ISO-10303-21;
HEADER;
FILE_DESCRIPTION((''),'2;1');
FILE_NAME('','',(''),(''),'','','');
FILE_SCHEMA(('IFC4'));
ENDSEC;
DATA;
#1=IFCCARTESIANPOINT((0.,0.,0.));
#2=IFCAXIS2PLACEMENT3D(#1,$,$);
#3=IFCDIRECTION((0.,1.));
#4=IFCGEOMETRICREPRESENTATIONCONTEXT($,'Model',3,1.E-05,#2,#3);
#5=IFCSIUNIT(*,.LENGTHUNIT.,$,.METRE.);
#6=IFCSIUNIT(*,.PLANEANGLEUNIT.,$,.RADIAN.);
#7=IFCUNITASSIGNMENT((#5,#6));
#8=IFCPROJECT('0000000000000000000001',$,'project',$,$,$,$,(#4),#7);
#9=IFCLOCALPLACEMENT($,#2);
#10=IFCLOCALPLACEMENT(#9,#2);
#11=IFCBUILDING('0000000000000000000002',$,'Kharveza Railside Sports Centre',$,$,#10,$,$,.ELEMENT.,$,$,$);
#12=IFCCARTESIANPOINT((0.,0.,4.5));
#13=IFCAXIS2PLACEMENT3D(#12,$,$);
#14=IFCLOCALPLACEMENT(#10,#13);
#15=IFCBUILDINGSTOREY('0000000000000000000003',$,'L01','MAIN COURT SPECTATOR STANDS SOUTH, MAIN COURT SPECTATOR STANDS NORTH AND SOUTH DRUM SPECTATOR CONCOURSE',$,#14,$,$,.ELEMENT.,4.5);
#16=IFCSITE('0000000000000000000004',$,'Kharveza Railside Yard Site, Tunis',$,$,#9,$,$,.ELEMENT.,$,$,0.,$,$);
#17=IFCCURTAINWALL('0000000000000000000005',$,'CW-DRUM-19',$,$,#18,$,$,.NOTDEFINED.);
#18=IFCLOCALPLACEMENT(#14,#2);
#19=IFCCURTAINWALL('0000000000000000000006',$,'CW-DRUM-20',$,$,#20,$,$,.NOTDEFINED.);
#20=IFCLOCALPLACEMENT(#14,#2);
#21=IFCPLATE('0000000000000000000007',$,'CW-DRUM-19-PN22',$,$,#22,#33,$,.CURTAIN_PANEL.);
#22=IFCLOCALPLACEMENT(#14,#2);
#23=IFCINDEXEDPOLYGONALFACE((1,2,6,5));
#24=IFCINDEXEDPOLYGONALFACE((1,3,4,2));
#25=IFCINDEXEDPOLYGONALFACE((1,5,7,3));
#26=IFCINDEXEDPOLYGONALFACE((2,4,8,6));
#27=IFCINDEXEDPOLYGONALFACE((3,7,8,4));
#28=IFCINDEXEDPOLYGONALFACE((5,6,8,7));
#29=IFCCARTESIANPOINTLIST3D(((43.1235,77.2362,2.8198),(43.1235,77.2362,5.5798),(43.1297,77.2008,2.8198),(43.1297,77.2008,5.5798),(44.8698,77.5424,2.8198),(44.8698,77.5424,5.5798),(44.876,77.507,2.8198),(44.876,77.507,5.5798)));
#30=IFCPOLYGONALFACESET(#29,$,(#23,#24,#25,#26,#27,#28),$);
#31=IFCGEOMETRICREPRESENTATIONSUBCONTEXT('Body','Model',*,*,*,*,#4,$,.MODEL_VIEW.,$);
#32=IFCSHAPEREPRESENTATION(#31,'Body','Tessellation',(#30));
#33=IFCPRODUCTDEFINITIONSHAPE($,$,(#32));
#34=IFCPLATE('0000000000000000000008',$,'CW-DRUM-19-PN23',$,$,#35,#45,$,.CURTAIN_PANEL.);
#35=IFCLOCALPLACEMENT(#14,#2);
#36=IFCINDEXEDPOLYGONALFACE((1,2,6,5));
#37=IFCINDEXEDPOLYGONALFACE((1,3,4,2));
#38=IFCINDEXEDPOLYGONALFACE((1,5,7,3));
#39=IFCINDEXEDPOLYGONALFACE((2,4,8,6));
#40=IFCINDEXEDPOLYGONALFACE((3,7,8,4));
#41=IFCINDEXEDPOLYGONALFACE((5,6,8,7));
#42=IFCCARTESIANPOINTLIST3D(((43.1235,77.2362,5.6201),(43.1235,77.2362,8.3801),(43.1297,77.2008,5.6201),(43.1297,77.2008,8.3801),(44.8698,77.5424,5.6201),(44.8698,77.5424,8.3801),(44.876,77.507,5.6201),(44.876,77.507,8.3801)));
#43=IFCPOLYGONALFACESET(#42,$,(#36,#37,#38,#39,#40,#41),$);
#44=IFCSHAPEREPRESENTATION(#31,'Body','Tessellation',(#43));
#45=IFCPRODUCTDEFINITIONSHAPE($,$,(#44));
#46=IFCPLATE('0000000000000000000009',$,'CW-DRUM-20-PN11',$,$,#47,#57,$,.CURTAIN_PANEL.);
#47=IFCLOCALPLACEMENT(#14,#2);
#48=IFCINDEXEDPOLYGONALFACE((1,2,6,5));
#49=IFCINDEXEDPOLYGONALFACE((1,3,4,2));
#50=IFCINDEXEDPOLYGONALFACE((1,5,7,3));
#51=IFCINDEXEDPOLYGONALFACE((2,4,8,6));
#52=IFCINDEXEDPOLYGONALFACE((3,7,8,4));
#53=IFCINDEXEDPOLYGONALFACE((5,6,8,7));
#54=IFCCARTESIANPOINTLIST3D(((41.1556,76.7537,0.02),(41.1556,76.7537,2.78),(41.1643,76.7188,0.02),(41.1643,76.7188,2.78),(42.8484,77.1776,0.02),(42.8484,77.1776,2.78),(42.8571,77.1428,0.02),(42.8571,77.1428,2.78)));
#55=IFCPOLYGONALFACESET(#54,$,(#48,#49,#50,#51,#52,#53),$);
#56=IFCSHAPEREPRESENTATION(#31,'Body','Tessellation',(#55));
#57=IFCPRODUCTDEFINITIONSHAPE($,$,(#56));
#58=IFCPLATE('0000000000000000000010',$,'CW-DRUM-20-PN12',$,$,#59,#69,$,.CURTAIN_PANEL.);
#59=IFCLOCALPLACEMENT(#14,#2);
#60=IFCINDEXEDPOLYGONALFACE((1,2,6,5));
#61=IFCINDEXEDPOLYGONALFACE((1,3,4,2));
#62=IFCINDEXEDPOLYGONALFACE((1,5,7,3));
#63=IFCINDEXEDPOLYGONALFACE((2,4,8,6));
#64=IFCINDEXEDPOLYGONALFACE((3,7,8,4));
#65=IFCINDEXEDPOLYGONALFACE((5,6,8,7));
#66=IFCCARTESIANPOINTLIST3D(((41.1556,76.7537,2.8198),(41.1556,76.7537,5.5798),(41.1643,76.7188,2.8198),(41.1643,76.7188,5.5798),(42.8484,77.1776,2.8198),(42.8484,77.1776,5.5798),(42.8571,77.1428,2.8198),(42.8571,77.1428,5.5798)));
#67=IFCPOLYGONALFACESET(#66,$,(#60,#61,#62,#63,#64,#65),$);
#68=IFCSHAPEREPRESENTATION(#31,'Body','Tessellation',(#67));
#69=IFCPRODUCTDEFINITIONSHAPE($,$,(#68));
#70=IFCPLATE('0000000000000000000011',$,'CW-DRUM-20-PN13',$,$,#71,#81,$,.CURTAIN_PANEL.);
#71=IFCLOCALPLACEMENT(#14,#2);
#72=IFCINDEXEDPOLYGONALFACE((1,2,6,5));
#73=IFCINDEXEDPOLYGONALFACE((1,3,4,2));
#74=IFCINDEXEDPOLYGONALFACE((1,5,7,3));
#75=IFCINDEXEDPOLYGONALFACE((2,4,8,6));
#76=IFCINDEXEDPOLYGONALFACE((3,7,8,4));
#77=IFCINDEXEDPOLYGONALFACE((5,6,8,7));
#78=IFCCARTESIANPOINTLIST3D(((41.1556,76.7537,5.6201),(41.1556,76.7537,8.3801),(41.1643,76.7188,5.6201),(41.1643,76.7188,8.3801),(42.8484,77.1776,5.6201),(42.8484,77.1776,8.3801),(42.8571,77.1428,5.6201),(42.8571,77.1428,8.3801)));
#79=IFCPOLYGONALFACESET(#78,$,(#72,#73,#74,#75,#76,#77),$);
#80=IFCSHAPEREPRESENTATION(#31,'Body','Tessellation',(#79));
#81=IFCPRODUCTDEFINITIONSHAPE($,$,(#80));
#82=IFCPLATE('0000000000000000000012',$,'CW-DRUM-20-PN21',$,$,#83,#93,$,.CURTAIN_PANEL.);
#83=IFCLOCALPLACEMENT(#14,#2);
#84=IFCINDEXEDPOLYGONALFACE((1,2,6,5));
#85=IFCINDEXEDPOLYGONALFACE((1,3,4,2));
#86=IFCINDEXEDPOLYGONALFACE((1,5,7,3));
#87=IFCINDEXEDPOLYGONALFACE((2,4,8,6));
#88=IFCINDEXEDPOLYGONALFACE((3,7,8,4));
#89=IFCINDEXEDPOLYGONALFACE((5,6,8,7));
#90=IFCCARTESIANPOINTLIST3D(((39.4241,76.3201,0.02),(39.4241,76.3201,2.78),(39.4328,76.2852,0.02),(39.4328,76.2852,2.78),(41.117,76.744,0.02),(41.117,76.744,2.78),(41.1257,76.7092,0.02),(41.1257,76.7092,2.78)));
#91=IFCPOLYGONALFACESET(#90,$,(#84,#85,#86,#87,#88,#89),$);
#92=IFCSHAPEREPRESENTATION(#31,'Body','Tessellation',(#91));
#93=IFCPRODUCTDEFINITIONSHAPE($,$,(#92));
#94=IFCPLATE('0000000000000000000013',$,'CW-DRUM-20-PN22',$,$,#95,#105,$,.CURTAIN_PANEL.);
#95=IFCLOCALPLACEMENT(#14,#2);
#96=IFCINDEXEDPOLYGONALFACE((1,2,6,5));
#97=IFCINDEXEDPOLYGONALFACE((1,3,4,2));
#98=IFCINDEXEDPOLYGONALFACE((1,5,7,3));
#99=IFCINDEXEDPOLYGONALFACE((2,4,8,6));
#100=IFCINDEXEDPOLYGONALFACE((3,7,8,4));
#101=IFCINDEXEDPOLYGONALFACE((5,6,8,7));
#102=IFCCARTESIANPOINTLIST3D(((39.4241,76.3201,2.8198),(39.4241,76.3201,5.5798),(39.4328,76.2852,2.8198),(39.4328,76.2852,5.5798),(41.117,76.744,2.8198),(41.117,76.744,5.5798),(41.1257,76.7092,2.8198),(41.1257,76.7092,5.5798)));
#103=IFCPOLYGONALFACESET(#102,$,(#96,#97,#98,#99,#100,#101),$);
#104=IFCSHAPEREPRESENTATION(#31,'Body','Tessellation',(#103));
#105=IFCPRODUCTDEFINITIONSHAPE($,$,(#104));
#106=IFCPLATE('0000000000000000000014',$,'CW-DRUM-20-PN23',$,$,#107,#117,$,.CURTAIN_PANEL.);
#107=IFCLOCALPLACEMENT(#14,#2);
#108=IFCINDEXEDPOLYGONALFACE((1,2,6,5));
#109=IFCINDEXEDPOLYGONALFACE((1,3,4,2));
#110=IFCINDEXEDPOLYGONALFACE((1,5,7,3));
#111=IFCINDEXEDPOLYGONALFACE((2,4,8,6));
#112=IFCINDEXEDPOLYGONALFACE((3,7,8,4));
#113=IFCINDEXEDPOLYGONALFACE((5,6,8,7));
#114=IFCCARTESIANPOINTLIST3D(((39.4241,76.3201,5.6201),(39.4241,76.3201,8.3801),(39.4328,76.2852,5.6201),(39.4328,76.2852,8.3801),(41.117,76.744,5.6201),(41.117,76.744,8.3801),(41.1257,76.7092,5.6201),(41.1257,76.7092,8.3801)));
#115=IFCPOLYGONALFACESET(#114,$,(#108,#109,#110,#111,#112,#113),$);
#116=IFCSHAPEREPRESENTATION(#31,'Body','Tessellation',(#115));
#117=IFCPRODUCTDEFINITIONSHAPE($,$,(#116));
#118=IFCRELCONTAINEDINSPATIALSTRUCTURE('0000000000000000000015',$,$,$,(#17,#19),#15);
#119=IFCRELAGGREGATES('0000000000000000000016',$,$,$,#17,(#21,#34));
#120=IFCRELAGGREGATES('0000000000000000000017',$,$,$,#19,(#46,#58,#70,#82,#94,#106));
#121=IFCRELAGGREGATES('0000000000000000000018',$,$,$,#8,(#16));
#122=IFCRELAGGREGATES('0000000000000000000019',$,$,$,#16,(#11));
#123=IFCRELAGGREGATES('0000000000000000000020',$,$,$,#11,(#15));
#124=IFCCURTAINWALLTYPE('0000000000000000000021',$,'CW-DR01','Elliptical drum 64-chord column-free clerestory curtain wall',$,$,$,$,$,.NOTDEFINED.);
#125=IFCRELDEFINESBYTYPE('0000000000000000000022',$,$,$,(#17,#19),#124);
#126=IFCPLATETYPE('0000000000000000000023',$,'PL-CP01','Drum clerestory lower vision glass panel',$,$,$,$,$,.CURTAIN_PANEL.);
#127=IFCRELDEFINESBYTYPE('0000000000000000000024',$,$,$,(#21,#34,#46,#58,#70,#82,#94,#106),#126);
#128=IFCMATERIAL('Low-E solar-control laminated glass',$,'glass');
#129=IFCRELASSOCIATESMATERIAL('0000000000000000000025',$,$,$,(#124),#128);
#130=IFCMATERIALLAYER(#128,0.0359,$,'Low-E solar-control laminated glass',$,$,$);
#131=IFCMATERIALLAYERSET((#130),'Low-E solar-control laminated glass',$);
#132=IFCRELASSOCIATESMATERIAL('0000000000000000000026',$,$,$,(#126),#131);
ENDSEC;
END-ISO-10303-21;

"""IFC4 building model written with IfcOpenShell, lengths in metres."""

from ifc_helpers import new_model, si_unit, direction, frame, origin, origin_2d, place, context, subcontext, project, spatial, rectangle, extrude, material, layer, layer_set, type_object, element, aggregate, save


model = new_model("IFC4")

# Units and contexts
model_context = context("Model", 3, precision=1e-05, world=origin(), true_north=direction((0.0, 1.0)))
body_context = subcontext(model_context, "Body", "Model", "MODEL_VIEW")
ifc_project = project(units=[si_unit("LENGTHUNIT", "METRE"), si_unit("PLANEANGLEUNIT", "RADIAN")], contexts=[model_context])

# Site, building, storey
site_placement = place(None, origin())
site = spatial("IfcSite", under=ifc_project, at=site_placement, Name="Kharveza Railside Yard Site, Tunis", CompositionType="ELEMENT", RefElevation=0.0)
building_placement = place(site_placement, origin())
building = spatial("IfcBuilding", under=site, at=building_placement, Name="Kharveza Railside Sports Centre", CompositionType="ELEMENT")
storey_placement = place(building_placement, frame((0.0, 0.0, 4.5)))
storey = spatial("IfcBuildingStorey", under=building, at=storey_placement, Name="L01", Description="MAIN COURT SPECTATOR STANDS SOUTH, MAIN COURT SPECTATOR STANDS NORTH AND SOUTH DRUM SPECTATOR CONCOURSE", CompositionType="ELEMENT", Elevation=4.5)

# Curtain walls
ifc_material_1 = material(Name="Low-E solar-control laminated glass", Category="glass")
curtain_wall_type = type_object("IfcCurtainWallType", Name="CW-DR01", Description="Elliptical drum 64-chord column-free clerestory curtain wall", PredefinedType="NOTDEFINED", material=ifc_material_1)
curtain_wall_1_placement = place(storey_placement, origin())
curtain_wall_1 = element("IfcCurtainWall", 1, at=curtain_wall_1_placement, inside=storey, type_object=curtain_wall_type, Name="CW-DRUM-19", PredefinedType="NOTDEFINED")
curtain_wall_2_placement = place(storey_placement, origin())
curtain_wall_2 = element("IfcCurtainWall", 2, at=curtain_wall_2_placement, inside=storey, type_object=curtain_wall_type, Name="CW-DRUM-20", PredefinedType="NOTDEFINED")

# Plates
ifc_layer = layer(ifc_material_1, 0.0359, Name="Low-E solar-control laminated glass")
ifc_layer_set = layer_set([ifc_layer], Name="Low-E solar-control laminated glass")
plate_type = type_object("IfcPlateType", Name="PL-CP01", Description="Drum clerestory lower vision glass panel", PredefinedType="CURTAIN_PANEL", material=ifc_layer_set)
plate_1_placement = place(storey_placement, frame((43.9998, 77.3716, 2.8198), z_axis=(0.0, 0.0, 1.0), x_axis=(-0.984974, -0.172703, 0.0)))
plate_1 = element("IfcPlate", 3, at=plate_1_placement, type_object=plate_type, Name="CW-DRUM-19-PN22", PredefinedType="CURTAIN_PANEL", context=body_context, shape_type="SweptSolid", body=[
    extrude(rectangle(XDim=1.7729, YDim=0.0359, at=origin_2d()), origin(), (0.0, 0.0, 1.0), 2.76),
])
plate_2_placement = place(storey_placement, frame((43.9998, 77.3716, 5.6201), z_axis=(0.0, 0.0, 1.0), x_axis=(-0.984974, -0.172703, 0.0)))
plate_2 = element("IfcPlate", 4, at=plate_2_placement, type_object=plate_type, Name="CW-DRUM-19-PN23", PredefinedType="CURTAIN_PANEL", context=body_context, shape_type="SweptSolid", body=[
    extrude(rectangle(XDim=1.7729, YDim=0.0359, at=origin_2d()), origin(), (0.0, 0.0, 1.0), 2.76),
])
aggregate(curtain_wall_1, [plate_1, plate_2])
plate_3_placement = place(storey_placement, frame((42.0063, 76.9482, 0.02), z_axis=(0.0, 0.0, 1.0), x_axis=(-0.970038, -0.242955, 0.0)))
plate_3 = element("IfcPlate", 5, at=plate_3_placement, type_object=plate_type, Name="CW-DRUM-20-PN11", PredefinedType="CURTAIN_PANEL", context=body_context, shape_type="SweptSolid", body=[
    extrude(rectangle(XDim=1.7451, YDim=0.0359, at=origin_2d()), origin(), (0.0, 0.0, 1.0), 2.76),
])
plate_4_placement = place(storey_placement, frame((42.0063, 76.9482, 2.8198), z_axis=(0.0, 0.0, 1.0), x_axis=(-0.970038, -0.242955, 0.0)))
plate_4 = element("IfcPlate", 6, at=plate_4_placement, type_object=plate_type, Name="CW-DRUM-20-PN12", PredefinedType="CURTAIN_PANEL", context=body_context, shape_type="SweptSolid", body=[
    extrude(rectangle(XDim=1.7451, YDim=0.0359, at=origin_2d()), origin(), (0.0, 0.0, 1.0), 2.76),
])
plate_5_placement = place(storey_placement, frame((42.0063, 76.9482, 5.6201), z_axis=(0.0, 0.0, 1.0), x_axis=(-0.970038, -0.242955, 0.0)))
plate_5 = element("IfcPlate", 7, at=plate_5_placement, type_object=plate_type, Name="CW-DRUM-20-PN13", PredefinedType="CURTAIN_PANEL", context=body_context, shape_type="SweptSolid", body=[
    extrude(rectangle(XDim=1.7451, YDim=0.0359, at=origin_2d()), origin(), (0.0, 0.0, 1.0), 2.76),
])
plate_6_placement = place(storey_placement, frame((40.2749, 76.5146, 0.02), z_axis=(0.0, 0.0, 1.0), x_axis=(-0.970038, -0.242955, 0.0)))
plate_6 = element("IfcPlate", 8, at=plate_6_placement, type_object=plate_type, Name="CW-DRUM-20-PN21", PredefinedType="CURTAIN_PANEL", context=body_context, shape_type="SweptSolid", body=[
    extrude(rectangle(XDim=1.7451, YDim=0.0359, at=origin_2d()), origin(), (0.0, 0.0, 1.0), 2.76),
])
plate_7_placement = place(storey_placement, frame((40.2749, 76.5146, 2.8198), z_axis=(0.0, 0.0, 1.0), x_axis=(-0.970038, -0.242955, 0.0)))
plate_7 = element("IfcPlate", 9, at=plate_7_placement, type_object=plate_type, Name="CW-DRUM-20-PN22", PredefinedType="CURTAIN_PANEL", context=body_context, shape_type="SweptSolid", body=[
    extrude(rectangle(XDim=1.7451, YDim=0.0359, at=origin_2d()), origin(), (0.0, 0.0, 1.0), 2.76),
])
plate_8_placement = place(storey_placement, frame((40.2749, 76.5146, 5.6201), z_axis=(0.0, 0.0, 1.0), x_axis=(-0.970038, -0.242955, 0.0)))
plate_8 = element("IfcPlate", 10, at=plate_8_placement, type_object=plate_type, Name="CW-DRUM-20-PN23", PredefinedType="CURTAIN_PANEL", context=body_context, shape_type="SweptSolid", body=[
    extrude(rectangle(XDim=1.7451, YDim=0.0359, at=origin_2d()), origin(), (0.0, 0.0, 1.0), 2.76),
])
aggregate(curtain_wall_2, [plate_3, plate_4, plate_5, plate_6, plate_7, plate_8])

save(model, "model.ifc")
